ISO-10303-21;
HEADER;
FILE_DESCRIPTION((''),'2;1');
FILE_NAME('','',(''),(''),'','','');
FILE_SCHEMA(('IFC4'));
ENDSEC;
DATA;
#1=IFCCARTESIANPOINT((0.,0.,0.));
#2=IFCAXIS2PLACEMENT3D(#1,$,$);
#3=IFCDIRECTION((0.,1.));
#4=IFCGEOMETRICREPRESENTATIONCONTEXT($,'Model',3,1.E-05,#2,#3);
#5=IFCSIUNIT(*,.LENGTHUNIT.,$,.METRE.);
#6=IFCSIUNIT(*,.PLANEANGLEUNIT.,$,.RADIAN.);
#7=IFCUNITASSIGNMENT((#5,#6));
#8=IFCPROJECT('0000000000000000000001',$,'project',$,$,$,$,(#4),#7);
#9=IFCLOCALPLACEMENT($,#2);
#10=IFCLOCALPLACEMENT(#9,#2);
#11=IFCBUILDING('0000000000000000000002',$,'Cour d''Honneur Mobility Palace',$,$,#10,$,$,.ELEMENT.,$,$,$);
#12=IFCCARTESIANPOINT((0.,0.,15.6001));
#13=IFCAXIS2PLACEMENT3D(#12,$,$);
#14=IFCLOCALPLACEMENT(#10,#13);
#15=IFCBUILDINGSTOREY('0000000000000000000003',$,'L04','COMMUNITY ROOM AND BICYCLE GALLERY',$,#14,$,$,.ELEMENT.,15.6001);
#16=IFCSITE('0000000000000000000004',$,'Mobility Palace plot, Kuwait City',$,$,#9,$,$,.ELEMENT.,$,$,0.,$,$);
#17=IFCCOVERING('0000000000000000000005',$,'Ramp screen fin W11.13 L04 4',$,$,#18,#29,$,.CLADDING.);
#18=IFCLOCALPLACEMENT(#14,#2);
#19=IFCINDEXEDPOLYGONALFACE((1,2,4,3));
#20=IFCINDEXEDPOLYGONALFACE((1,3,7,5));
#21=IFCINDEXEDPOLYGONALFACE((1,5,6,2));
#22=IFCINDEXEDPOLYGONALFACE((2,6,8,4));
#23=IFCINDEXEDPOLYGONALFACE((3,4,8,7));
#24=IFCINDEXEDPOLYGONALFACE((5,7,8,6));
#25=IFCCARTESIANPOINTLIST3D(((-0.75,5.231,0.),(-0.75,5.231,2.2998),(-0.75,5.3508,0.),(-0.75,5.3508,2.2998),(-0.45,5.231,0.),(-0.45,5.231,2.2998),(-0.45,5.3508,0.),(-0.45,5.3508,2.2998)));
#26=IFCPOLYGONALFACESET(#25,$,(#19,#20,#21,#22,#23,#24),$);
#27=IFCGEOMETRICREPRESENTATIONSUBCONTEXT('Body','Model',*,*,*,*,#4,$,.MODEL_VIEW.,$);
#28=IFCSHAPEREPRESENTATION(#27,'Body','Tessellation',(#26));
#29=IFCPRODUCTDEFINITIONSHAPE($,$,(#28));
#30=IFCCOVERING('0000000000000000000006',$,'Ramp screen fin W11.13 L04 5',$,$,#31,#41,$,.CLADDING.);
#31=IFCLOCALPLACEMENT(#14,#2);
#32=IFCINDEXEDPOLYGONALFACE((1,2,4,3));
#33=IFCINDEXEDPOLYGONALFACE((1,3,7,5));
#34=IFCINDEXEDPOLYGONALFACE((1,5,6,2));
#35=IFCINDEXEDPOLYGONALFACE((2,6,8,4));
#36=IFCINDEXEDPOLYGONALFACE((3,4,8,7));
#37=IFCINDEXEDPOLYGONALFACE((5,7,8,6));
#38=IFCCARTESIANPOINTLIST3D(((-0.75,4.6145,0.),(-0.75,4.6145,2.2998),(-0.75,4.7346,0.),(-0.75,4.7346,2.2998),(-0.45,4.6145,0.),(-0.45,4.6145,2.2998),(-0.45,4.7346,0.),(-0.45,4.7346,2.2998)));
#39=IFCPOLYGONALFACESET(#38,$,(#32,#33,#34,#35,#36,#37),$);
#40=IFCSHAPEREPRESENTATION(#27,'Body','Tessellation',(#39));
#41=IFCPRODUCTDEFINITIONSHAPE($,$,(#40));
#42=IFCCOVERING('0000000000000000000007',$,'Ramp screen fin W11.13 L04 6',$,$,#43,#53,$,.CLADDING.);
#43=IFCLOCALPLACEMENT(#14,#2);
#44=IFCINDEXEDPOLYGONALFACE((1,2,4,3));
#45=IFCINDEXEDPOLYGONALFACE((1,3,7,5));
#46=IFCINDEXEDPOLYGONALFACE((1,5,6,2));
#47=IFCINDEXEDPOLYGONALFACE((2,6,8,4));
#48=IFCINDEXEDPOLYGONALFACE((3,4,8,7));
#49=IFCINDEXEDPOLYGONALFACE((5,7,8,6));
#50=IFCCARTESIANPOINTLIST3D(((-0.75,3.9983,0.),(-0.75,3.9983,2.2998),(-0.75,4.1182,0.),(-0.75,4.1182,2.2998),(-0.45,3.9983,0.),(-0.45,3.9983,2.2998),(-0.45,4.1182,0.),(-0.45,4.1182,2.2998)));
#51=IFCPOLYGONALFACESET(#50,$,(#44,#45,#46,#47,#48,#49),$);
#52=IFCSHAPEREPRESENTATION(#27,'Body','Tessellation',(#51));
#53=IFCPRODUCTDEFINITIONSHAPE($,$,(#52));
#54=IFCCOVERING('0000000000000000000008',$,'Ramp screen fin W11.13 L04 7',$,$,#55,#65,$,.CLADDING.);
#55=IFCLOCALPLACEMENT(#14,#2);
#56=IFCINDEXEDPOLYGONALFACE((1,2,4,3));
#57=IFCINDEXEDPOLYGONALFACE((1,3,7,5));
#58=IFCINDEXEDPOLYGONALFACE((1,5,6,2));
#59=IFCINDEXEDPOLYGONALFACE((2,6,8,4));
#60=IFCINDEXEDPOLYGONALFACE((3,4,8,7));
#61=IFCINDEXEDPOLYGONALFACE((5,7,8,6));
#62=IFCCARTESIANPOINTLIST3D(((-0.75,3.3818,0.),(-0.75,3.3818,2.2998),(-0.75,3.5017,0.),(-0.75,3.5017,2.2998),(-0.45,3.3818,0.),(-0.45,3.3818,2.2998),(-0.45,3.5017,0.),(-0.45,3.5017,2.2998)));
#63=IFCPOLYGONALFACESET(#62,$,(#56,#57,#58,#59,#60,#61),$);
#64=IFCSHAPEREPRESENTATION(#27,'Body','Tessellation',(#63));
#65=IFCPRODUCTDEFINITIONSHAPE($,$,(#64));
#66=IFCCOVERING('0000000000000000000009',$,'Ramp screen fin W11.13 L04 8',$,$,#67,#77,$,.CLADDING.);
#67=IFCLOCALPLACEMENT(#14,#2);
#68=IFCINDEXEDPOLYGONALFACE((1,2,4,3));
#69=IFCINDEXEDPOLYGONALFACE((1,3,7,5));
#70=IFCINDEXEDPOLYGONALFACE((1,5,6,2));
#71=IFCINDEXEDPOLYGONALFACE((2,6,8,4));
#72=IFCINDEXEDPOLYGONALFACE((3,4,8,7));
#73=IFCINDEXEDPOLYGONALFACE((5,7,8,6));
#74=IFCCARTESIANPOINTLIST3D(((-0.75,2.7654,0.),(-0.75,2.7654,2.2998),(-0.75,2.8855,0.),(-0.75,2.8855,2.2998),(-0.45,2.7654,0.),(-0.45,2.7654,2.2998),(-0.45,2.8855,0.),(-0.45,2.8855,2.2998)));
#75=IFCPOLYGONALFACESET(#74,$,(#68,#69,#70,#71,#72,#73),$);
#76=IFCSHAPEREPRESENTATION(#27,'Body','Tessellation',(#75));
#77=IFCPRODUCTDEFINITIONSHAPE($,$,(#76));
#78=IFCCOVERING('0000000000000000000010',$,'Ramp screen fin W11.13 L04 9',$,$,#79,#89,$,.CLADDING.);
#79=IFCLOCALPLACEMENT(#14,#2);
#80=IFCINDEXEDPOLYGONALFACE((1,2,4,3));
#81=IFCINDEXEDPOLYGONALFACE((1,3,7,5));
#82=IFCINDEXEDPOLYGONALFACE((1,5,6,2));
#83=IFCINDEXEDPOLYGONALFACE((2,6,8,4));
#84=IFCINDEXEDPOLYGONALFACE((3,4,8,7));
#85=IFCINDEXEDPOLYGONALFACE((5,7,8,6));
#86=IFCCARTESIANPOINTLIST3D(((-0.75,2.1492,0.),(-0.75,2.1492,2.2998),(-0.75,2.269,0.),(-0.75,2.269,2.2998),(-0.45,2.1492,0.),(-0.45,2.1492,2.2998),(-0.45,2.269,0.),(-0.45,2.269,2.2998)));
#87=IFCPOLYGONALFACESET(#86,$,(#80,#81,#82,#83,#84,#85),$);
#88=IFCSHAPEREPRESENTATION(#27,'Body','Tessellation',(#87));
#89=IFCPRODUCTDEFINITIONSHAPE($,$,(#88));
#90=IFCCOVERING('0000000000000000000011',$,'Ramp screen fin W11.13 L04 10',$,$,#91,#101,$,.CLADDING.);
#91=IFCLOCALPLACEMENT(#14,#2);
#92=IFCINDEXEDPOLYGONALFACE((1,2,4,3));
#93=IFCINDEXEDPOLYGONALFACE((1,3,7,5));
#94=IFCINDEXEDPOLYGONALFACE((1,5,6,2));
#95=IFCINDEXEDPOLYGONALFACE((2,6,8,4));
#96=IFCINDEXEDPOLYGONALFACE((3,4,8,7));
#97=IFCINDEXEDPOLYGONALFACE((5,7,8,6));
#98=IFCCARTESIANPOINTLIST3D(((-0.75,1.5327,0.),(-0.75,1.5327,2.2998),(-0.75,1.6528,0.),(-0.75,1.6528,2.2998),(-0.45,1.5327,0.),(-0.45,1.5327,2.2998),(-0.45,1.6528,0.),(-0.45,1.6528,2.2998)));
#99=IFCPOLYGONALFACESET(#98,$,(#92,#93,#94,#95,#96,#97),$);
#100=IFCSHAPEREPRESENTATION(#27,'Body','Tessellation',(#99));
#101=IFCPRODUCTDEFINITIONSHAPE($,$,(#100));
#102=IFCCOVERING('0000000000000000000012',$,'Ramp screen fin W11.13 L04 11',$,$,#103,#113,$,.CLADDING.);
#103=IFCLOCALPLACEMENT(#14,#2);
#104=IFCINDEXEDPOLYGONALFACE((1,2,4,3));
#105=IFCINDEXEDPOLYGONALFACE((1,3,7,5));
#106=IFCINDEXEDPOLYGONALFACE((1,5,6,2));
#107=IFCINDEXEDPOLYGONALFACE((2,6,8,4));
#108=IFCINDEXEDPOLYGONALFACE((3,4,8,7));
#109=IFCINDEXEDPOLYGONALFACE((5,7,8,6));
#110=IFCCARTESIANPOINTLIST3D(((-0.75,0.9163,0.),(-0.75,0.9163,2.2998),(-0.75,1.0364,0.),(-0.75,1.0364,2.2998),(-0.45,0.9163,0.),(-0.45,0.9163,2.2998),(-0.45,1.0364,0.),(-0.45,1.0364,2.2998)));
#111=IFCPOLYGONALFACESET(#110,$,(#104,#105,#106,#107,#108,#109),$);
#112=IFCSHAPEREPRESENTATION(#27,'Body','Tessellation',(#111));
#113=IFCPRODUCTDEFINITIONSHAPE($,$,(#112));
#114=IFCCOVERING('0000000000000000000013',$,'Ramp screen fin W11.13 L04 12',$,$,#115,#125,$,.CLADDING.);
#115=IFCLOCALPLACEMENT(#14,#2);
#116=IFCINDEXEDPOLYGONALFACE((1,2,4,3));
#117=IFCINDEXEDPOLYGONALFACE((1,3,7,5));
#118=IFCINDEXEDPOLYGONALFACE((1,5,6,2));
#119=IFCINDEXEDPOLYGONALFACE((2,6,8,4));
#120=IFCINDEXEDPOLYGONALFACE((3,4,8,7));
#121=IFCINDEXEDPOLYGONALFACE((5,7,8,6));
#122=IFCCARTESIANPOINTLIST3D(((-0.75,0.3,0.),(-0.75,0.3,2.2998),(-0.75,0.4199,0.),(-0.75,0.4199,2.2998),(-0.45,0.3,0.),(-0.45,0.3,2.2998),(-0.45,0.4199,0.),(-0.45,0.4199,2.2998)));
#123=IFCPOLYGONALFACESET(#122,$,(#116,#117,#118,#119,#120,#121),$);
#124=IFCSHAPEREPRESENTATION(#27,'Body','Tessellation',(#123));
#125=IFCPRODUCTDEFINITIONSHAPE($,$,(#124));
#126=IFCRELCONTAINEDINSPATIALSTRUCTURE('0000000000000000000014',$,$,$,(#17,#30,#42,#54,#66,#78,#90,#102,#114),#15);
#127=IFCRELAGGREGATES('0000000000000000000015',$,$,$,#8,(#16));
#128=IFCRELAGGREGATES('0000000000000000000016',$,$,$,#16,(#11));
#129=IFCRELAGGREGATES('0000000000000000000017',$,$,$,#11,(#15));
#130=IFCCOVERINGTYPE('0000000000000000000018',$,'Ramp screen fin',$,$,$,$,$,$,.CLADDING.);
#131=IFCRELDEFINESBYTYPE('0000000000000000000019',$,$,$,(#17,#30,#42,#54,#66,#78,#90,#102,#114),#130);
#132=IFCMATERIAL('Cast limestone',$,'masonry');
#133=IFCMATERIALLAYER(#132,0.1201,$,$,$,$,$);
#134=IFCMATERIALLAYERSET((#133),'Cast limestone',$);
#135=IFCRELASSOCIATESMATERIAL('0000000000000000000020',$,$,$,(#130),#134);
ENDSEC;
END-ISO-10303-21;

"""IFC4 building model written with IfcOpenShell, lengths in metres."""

from ifc_helpers import new_model, si_unit, direction, frame, origin, place, context, subcontext, project, spatial, polyline, outline, extrude, material, layer, layer_set, type_object, element, save


model = new_model("IFC4")

# Units and contexts
model_context = context("Model", 3, precision=1e-05, world=origin(), true_north=direction((0.0, 1.0)))
body_context = subcontext(model_context, "Body", "Model", "MODEL_VIEW")
ifc_project = project(units=[si_unit("LENGTHUNIT", "METRE"), si_unit("PLANEANGLEUNIT", "RADIAN")], contexts=[model_context])

# Site, building, storey
site_placement = place(None, origin())
site = spatial("IfcSite", under=ifc_project, at=site_placement, Name="Mobility Palace plot, Kuwait City", CompositionType="ELEMENT", RefElevation=0.0)
building_placement = place(site_placement, origin())
building = spatial("IfcBuilding", under=site, at=building_placement, Name="Cour d'Honneur Mobility Palace", CompositionType="ELEMENT")
storey_placement = place(building_placement, frame((0.0, 0.0, 15.6001)))
storey = spatial("IfcBuildingStorey", under=building, at=storey_placement, Name="L04", Description="COMMUNITY ROOM AND BICYCLE GALLERY", CompositionType="ELEMENT", Elevation=15.6001)

# Coverings
ifc_material_1 = material(Name="Cast limestone", Category="masonry")
ifc_layer_1 = layer(ifc_material_1, 0.1201)
ifc_layer_set_1 = layer_set([ifc_layer_1], Name="Cast limestone")
covering_type_1 = type_object("IfcCoveringType", Name="Ramp screen fin", PredefinedType="CLADDING", material=ifc_layer_set_1)
covering_1_placement = place(storey_placement, origin())
element("IfcCovering", 1, at=covering_1_placement, inside=storey, type_object=covering_type_1, Name="Ramp screen fin W11.13 L04 4", PredefinedType="CLADDING", context=body_context, shape_type="SweptSolid", body=[
    extrude(outline(polyline([(-0.45, 5.3508), (-0.45, 5.231), (-0.75, 5.231), (-0.75, 5.3508), (-0.45, 5.3508)])), origin(), (0.0, 0.0, 1.0), 2.2998),
])
covering_2_placement = place(storey_placement, origin())
element("IfcCovering", 2, at=covering_2_placement, inside=storey, type_object=covering_type_1, Name="Ramp screen fin W11.13 L04 5", PredefinedType="CLADDING", context=body_context, shape_type="SweptSolid", body=[
    extrude(outline(polyline([(-0.45, 4.7346), (-0.45, 4.6145), (-0.75, 4.6145), (-0.75, 4.7346), (-0.45, 4.7346)])), origin(), (0.0, 0.0, 1.0), 2.2998),
])
covering_3_placement = place(storey_placement, origin())
element("IfcCovering", 3, at=covering_3_placement, inside=storey, type_object=covering_type_1, Name="Ramp screen fin W11.13 L04 6", PredefinedType="CLADDING", context=body_context, shape_type="SweptSolid", body=[
    extrude(outline(polyline([(-0.45, 4.1182), (-0.45, 3.9983), (-0.75, 3.9983), (-0.75, 4.1182), (-0.45, 4.1182)])), origin(), (0.0, 0.0, 1.0), 2.2998),
])
covering_4_placement = place(storey_placement, origin())
element("IfcCovering", 4, at=covering_4_placement, inside=storey, type_object=covering_type_1, Name="Ramp screen fin W11.13 L04 7", PredefinedType="CLADDING", context=body_context, shape_type="SweptSolid", body=[
    extrude(outline(polyline([(-0.45, 3.5017), (-0.45, 3.3818), (-0.75, 3.3818), (-0.75, 3.5017), (-0.45, 3.5017)])), origin(), (0.0, 0.0, 1.0), 2.2998),
])
covering_5_placement = place(storey_placement, origin())
element("IfcCovering", 5, at=covering_5_placement, inside=storey, type_object=covering_type_1, Name="Ramp screen fin W11.13 L04 8", PredefinedType="CLADDING", context=body_context, shape_type="SweptSolid", body=[
    extrude(outline(polyline([(-0.45, 2.8855), (-0.45, 2.7654), (-0.75, 2.7654), (-0.75, 2.8855), (-0.45, 2.8855)])), origin(), (0.0, 0.0, 1.0), 2.2998),
])
covering_6_placement = place(storey_placement, origin())
element("IfcCovering", 6, at=covering_6_placement, inside=storey, type_object=covering_type_1, Name="Ramp screen fin W11.13 L04 9", PredefinedType="CLADDING", context=body_context, shape_type="SweptSolid", body=[
    extrude(outline(polyline([(-0.45, 2.269), (-0.45, 2.1492), (-0.75, 2.1492), (-0.75, 2.269), (-0.45, 2.269)])), origin(), (0.0, 0.0, 1.0), 2.2998),
])
covering_7_placement = place(storey_placement, origin())
element("IfcCovering", 7, at=covering_7_placement, inside=storey, type_object=covering_type_1, Name="Ramp screen fin W11.13 L04 10", PredefinedType="CLADDING", context=body_context, shape_type="SweptSolid", body=[
    extrude(outline(polyline([(-0.45, 1.6528), (-0.45, 1.5327), (-0.75, 1.5327), (-0.75, 1.6528), (-0.45, 1.6528)])), origin(), (0.0, 0.0, 1.0), 2.2998),
])
covering_8_placement = place(storey_placement, origin())
element("IfcCovering", 8, at=covering_8_placement, inside=storey, type_object=covering_type_1, Name="Ramp screen fin W11.13 L04 11", PredefinedType="CLADDING", context=body_context, shape_type="SweptSolid", body=[
    extrude(outline(polyline([(-0.45, 1.0364), (-0.45, 0.9163), (-0.75, 0.9163), (-0.75, 1.0364), (-0.45, 1.0364)])), origin(), (0.0, 0.0, 1.0), 2.2998),
])
covering_9_placement = place(storey_placement, origin())
element("IfcCovering", 9, at=covering_9_placement, inside=storey, type_object=covering_type_1, Name="Ramp screen fin W11.13 L04 12", PredefinedType="CLADDING", context=body_context, shape_type="SweptSolid", body=[
    extrude(outline(polyline([(-0.45, 0.4199), (-0.45, 0.3), (-0.75, 0.3), (-0.75, 0.4199), (-0.45, 0.4199)])), origin(), (0.0, 0.0, 1.0), 2.2998),
])

save(model, "model.ifc")
